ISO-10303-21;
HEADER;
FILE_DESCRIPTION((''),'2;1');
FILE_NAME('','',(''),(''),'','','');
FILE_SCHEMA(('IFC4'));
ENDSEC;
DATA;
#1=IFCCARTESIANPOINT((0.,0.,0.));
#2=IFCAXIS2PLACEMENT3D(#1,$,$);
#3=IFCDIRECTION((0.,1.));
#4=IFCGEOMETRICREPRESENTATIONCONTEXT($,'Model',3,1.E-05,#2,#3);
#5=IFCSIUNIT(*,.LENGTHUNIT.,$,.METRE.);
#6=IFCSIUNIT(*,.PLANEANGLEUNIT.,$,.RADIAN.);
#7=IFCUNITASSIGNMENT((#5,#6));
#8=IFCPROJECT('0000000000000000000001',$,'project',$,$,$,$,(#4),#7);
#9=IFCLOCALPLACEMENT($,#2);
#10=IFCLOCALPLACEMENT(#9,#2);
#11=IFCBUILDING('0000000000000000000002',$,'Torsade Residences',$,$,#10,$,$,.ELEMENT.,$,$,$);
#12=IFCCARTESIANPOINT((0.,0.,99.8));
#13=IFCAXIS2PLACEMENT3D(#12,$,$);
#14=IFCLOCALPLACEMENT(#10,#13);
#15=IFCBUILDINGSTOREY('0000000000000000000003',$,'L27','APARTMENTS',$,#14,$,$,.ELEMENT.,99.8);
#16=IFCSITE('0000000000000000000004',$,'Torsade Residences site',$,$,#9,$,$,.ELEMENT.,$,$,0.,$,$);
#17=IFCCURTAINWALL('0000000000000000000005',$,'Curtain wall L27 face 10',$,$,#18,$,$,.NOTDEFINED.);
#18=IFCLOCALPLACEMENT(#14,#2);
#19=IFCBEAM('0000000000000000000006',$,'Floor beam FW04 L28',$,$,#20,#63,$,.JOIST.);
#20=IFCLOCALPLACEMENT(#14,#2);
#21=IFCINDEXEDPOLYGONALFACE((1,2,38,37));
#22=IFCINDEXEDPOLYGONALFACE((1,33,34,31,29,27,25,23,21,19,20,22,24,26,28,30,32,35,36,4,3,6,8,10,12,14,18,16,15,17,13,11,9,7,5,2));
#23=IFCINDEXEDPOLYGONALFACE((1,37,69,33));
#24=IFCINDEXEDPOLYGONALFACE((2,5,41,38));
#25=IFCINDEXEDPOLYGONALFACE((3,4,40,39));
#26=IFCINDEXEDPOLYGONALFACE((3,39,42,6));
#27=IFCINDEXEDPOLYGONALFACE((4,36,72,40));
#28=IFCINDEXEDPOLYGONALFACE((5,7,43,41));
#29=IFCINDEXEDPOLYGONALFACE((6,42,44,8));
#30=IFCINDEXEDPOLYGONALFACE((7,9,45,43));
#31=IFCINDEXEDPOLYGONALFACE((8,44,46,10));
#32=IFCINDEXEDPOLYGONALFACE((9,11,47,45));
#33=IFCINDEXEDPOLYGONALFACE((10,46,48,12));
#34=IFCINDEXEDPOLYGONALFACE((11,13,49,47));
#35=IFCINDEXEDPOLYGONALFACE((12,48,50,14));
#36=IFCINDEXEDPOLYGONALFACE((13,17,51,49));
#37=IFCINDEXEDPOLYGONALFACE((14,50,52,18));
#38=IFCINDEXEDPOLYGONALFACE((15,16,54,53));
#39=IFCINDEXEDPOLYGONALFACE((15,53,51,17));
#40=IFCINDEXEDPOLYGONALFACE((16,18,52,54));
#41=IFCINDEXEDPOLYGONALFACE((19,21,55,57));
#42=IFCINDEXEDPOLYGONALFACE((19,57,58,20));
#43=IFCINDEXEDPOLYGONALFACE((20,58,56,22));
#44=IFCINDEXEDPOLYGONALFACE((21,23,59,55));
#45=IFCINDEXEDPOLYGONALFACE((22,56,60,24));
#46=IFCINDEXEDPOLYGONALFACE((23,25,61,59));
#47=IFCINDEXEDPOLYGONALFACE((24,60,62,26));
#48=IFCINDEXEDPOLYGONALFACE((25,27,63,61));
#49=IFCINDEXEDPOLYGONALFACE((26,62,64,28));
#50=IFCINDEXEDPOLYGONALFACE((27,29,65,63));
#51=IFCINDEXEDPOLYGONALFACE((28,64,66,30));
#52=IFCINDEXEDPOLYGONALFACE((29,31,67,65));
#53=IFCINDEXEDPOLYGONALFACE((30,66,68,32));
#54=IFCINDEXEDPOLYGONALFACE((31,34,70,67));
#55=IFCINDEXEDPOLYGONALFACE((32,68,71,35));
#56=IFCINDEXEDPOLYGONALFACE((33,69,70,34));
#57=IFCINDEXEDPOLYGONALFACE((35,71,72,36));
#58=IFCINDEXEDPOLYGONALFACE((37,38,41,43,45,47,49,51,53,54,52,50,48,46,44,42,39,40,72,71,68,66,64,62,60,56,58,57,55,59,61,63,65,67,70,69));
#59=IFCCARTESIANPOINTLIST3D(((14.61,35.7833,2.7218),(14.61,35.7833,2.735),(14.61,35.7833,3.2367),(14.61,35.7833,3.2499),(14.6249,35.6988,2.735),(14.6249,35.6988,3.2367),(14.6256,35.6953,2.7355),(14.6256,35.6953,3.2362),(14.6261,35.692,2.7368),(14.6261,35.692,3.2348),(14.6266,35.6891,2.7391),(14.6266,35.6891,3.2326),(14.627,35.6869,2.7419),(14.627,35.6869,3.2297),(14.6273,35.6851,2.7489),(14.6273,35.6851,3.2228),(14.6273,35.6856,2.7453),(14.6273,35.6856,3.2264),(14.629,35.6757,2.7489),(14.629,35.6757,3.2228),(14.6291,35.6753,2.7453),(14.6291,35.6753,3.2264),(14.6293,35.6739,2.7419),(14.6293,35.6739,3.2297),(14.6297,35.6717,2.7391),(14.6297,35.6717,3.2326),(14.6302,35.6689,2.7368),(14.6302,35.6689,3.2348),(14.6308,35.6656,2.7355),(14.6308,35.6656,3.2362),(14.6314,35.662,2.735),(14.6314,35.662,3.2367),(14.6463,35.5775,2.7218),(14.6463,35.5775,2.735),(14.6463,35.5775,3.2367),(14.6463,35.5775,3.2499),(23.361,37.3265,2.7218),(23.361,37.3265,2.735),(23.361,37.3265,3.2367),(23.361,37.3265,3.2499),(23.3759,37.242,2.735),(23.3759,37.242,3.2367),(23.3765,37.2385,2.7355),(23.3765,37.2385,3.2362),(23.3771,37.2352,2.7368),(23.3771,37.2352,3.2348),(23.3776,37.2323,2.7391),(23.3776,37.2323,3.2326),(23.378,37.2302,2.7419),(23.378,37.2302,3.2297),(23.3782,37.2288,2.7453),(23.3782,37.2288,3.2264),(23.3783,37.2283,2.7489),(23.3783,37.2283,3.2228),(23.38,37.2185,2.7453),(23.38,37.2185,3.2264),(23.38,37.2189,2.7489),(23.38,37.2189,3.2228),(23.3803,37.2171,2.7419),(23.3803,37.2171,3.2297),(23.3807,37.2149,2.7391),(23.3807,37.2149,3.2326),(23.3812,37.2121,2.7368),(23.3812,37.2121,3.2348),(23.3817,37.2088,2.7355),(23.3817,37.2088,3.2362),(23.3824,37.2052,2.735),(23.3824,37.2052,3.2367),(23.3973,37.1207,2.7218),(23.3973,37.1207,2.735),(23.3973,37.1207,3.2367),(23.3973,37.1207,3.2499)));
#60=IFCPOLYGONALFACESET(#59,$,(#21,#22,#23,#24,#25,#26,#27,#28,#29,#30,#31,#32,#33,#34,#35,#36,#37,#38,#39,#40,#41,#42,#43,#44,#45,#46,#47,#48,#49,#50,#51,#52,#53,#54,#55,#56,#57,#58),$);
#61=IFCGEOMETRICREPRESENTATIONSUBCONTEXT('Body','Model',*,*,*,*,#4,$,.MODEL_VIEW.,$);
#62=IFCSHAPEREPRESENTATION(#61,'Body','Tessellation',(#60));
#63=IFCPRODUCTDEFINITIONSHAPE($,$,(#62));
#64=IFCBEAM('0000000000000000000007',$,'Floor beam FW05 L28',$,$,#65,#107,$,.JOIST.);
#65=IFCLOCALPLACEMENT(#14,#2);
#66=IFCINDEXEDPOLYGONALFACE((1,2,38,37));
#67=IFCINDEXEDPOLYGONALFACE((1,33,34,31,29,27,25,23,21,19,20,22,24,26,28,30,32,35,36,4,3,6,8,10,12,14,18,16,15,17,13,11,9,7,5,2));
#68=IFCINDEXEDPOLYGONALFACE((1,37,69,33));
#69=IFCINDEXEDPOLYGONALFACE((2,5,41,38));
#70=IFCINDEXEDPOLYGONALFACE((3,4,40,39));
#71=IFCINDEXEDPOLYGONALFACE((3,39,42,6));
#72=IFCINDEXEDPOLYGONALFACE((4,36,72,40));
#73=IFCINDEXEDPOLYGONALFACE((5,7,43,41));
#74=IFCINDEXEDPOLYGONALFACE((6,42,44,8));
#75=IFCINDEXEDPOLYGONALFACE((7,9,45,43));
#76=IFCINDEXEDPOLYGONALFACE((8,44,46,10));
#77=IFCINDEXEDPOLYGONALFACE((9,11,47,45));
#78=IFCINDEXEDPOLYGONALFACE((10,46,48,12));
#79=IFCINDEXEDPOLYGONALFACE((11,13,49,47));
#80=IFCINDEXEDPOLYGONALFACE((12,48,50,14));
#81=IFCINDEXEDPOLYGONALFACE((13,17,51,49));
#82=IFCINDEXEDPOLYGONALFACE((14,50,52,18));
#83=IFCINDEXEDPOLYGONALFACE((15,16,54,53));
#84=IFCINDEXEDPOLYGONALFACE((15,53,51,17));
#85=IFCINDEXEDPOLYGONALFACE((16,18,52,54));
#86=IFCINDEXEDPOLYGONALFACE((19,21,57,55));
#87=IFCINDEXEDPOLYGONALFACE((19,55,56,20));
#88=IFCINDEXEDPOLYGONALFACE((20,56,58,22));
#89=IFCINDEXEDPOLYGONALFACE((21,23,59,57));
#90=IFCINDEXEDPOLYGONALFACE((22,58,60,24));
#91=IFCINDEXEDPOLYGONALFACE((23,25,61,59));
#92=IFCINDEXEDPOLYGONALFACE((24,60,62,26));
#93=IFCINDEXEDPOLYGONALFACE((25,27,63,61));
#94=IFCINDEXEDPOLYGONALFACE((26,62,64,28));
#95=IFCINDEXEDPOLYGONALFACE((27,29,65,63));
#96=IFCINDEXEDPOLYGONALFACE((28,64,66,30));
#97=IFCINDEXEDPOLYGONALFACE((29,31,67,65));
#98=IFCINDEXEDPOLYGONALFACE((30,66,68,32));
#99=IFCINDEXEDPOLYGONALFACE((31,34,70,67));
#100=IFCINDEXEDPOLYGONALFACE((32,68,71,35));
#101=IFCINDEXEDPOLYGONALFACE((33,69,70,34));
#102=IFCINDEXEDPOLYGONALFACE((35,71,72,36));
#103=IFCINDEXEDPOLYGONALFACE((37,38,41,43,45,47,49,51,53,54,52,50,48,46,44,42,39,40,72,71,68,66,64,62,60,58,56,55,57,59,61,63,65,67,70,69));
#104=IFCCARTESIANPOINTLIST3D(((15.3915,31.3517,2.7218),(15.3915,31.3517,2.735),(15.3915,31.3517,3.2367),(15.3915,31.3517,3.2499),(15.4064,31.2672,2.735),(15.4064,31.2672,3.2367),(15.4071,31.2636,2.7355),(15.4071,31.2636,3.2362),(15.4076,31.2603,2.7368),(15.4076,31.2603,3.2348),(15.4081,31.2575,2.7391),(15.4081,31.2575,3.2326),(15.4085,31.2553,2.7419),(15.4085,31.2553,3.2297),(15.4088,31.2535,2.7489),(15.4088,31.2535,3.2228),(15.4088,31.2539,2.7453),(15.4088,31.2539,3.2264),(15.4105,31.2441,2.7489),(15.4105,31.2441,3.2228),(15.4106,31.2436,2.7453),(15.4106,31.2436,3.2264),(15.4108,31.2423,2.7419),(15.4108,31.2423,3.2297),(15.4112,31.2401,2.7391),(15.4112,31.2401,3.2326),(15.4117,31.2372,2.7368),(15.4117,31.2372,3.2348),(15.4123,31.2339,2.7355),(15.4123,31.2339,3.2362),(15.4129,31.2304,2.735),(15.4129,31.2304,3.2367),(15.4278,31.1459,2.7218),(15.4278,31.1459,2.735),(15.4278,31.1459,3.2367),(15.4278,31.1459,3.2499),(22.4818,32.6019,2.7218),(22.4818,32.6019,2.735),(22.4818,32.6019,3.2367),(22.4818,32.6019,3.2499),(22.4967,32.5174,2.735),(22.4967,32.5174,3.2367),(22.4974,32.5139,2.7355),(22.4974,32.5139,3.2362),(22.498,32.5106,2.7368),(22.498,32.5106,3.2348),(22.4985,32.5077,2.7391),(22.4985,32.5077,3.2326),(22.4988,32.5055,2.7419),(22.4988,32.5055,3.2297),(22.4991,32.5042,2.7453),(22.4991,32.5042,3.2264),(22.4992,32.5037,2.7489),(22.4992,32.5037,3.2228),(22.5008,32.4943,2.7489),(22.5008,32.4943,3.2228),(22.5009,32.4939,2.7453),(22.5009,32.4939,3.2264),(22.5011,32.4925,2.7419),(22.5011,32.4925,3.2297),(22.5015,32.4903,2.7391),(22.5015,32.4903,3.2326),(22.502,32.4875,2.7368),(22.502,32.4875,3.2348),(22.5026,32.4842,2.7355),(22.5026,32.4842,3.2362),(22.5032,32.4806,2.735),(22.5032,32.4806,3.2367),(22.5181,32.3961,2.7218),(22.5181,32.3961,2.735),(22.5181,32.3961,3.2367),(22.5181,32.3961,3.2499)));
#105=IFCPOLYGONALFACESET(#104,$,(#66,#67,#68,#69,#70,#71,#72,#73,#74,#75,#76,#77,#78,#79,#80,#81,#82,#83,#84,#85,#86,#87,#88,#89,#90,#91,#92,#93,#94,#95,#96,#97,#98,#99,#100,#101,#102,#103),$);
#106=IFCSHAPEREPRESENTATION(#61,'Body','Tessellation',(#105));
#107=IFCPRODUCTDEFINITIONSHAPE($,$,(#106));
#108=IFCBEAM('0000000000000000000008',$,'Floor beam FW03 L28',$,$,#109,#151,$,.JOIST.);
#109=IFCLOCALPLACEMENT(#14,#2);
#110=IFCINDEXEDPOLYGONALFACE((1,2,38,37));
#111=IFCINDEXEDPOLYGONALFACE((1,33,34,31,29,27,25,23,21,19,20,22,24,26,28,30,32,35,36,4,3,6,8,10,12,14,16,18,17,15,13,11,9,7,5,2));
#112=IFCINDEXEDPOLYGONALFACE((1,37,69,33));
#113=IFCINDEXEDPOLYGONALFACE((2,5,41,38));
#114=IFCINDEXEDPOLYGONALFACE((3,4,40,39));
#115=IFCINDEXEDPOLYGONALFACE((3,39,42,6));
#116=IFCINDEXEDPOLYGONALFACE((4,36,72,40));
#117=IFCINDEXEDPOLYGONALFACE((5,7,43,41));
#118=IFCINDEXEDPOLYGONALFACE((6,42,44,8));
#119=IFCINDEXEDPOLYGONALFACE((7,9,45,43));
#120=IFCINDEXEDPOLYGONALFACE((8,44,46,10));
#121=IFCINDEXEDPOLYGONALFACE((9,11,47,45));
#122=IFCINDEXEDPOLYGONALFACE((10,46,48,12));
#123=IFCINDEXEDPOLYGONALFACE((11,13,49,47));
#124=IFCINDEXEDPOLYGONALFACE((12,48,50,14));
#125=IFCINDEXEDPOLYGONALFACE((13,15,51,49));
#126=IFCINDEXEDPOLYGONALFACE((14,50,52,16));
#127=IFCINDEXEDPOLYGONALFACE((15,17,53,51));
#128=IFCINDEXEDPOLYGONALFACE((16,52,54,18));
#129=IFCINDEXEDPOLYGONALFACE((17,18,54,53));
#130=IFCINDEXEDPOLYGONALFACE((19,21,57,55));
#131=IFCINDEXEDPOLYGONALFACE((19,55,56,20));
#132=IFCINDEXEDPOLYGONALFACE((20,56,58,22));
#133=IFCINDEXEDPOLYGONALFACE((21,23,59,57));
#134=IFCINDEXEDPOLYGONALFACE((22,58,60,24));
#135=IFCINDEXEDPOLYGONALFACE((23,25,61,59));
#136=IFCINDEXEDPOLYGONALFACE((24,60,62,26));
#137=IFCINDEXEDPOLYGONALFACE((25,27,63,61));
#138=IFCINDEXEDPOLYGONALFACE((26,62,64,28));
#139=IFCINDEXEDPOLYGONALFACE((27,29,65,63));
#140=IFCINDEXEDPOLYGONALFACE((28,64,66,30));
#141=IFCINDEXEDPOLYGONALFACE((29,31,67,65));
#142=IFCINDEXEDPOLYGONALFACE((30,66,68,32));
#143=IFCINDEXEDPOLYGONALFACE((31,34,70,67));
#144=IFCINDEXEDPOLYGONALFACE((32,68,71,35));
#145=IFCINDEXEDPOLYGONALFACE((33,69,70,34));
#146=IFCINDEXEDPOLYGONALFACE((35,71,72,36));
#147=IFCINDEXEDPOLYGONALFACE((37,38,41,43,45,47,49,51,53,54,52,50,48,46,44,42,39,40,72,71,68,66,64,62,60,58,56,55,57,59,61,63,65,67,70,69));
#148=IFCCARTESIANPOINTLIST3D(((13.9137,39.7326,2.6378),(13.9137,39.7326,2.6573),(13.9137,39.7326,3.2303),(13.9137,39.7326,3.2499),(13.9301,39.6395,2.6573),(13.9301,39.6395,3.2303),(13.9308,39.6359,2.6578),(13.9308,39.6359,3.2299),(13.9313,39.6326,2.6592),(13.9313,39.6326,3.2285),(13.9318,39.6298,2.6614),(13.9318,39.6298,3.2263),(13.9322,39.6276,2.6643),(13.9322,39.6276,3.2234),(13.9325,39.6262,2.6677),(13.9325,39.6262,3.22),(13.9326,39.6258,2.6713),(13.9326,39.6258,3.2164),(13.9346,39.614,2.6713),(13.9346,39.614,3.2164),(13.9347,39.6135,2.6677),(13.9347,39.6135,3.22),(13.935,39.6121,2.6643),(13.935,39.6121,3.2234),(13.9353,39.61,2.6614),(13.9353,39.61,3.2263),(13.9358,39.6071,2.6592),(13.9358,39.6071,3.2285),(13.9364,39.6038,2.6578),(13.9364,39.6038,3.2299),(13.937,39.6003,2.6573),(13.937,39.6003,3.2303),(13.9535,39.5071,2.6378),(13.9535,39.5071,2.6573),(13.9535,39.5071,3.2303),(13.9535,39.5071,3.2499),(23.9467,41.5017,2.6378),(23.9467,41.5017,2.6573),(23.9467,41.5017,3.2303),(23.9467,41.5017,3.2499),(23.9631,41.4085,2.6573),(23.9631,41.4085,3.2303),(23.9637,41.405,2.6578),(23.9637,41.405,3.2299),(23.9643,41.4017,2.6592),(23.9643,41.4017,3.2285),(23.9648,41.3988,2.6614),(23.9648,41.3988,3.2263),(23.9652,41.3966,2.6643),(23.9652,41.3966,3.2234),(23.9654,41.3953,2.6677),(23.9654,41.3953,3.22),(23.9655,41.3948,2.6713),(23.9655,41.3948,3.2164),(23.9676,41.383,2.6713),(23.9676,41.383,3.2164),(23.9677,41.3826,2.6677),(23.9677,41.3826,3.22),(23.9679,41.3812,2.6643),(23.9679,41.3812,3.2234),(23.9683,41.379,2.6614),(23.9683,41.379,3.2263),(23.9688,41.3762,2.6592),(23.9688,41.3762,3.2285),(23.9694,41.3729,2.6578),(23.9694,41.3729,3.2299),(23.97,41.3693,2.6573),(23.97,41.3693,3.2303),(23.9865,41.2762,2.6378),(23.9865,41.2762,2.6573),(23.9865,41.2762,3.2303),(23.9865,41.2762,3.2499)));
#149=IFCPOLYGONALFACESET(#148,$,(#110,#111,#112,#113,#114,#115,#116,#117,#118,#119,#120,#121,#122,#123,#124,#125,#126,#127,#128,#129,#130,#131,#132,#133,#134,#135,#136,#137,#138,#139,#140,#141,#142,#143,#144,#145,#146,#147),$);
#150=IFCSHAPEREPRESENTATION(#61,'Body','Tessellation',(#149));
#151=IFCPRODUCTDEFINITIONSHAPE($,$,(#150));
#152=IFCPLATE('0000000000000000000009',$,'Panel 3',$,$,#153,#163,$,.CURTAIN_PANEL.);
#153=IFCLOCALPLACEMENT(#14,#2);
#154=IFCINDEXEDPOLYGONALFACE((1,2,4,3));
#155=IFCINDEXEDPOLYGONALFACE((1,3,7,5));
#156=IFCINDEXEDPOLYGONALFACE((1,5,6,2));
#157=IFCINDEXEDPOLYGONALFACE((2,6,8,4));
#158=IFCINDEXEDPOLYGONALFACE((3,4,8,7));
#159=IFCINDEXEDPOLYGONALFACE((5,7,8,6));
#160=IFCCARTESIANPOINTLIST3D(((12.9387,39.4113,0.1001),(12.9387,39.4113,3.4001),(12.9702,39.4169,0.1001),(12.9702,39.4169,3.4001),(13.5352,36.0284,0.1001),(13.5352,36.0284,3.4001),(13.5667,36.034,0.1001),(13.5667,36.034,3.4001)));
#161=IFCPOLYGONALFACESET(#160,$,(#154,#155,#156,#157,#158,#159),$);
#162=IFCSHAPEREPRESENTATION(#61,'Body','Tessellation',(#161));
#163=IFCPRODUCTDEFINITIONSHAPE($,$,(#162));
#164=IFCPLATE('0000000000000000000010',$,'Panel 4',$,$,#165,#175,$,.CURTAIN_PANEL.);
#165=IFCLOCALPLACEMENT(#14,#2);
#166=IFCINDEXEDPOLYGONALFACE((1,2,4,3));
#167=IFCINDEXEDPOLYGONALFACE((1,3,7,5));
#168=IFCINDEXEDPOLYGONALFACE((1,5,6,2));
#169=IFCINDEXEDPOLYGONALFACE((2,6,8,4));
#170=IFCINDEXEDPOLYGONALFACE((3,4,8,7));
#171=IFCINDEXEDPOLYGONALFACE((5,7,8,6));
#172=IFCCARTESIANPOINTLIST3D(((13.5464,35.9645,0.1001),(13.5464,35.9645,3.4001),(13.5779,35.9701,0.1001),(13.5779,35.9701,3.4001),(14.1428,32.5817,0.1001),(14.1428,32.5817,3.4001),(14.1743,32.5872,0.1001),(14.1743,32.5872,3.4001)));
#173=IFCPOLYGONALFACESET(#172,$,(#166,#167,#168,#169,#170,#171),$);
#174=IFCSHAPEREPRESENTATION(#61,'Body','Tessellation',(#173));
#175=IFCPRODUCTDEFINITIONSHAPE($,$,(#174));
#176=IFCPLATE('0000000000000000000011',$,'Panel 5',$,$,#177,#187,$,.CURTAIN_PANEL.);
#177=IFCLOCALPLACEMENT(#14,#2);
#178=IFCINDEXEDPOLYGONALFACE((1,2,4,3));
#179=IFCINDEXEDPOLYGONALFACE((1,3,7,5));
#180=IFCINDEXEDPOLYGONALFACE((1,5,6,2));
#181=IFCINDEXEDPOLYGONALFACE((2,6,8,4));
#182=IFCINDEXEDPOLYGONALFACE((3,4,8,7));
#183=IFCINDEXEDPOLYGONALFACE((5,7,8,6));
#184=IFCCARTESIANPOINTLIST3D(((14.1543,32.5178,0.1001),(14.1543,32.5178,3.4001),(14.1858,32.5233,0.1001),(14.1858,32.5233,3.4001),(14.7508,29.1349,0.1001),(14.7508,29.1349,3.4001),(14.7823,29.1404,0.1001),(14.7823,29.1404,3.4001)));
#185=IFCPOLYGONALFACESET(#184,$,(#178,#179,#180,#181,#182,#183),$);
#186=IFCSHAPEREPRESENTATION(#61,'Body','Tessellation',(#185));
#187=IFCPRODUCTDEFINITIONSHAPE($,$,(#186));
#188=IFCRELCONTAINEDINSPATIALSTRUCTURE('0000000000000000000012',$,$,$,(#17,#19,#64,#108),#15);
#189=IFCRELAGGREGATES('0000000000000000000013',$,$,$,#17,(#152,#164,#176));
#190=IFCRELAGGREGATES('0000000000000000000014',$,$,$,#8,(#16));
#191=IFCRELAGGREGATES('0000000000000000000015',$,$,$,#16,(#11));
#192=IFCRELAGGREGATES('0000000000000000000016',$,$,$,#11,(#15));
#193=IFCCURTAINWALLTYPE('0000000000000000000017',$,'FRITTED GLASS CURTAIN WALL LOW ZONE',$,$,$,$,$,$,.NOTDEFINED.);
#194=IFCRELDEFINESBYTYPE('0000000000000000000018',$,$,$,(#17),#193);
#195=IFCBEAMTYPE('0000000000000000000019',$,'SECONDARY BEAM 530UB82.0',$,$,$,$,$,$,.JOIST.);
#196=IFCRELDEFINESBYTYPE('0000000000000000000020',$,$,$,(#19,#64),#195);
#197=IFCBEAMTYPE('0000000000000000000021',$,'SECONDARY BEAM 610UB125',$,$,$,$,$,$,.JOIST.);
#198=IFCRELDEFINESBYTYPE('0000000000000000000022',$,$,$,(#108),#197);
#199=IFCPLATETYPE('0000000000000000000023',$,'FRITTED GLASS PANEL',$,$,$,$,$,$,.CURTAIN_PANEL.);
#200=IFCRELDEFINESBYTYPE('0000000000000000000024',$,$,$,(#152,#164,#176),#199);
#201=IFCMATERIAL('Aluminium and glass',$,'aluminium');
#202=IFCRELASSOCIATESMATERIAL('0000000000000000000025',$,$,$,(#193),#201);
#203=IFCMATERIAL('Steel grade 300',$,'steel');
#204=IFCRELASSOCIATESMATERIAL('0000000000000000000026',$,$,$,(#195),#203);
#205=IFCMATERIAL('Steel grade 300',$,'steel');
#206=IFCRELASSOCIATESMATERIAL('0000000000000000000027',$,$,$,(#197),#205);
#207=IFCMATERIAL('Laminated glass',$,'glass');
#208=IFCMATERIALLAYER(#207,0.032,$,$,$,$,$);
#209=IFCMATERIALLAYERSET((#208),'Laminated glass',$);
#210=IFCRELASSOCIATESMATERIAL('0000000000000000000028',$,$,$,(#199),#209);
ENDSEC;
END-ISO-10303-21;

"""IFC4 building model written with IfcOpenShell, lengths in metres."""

from ifc_helpers import new_model, si_unit, direction, frame, origin, origin_2d, place, context, subcontext, project, spatial, rectangle, i_section, extrude, material, layer, layer_set, material_profile, profile_set, type_object, element, aggregate, save


model = new_model("IFC4")

# Units and contexts
model_context = context("Model", 3, precision=1e-05, world=origin(), true_north=direction((0.0, 1.0)))
body_context = subcontext(model_context, "Body", "Model", "MODEL_VIEW")
ifc_project = project(units=[si_unit("LENGTHUNIT", "METRE"), si_unit("PLANEANGLEUNIT", "RADIAN")], contexts=[model_context])

# Site, building, storey
site_placement = place(None, origin())
site = spatial("IfcSite", under=ifc_project, at=site_placement, Name="Torsade Residences site", CompositionType="ELEMENT", RefElevation=0.0)
building_placement = place(site_placement, origin())
building = spatial("IfcBuilding", under=site, at=building_placement, Name="Torsade Residences", CompositionType="ELEMENT")
storey_placement = place(building_placement, frame((0.0, 0.0, 99.8)))
storey = spatial("IfcBuildingStorey", under=building, at=storey_placement, Name="L27", Description="APARTMENTS", CompositionType="ELEMENT", Elevation=99.8)

# Curtain wall
ifc_material_1 = material(Name="Aluminium and glass", Category="aluminium")
curtain_wall_type = type_object("IfcCurtainWallType", Name="FRITTED GLASS CURTAIN WALL LOW ZONE", PredefinedType="NOTDEFINED", material=ifc_material_1)
curtain_wall_placement = place(storey_placement, origin())
curtain_wall = element("IfcCurtainWall", 1, at=curtain_wall_placement, inside=storey, type_object=curtain_wall_type, Name="Curtain wall L27 face 10", PredefinedType="NOTDEFINED")

# Beams
ifc_material_2 = material(Name="Steel grade 300", Category="steel")
ifc_material_profile_1 = material_profile(ifc_material_2, i_section(OverallWidth=0.209, OverallDepth=0.5281, WebThickness=0.0095, FlangeThickness=0.0132, FilletRadius=0.0139, at=origin_2d()), Name="530UB82.0")
ifc_profile_set_1 = profile_set([ifc_material_profile_1], Name="Steel grade 300")
beam_type_1 = type_object("IfcBeamType", Name="SECONDARY BEAM 530UB82.0", PredefinedType="JOIST", material=ifc_profile_set_1)
beam_1_placement = place(storey_placement, frame((14.6282, 35.6804, 2.9858), z_axis=(0.984804, 0.173668, 0.0), x_axis=(-0.173668, 0.984804, 0.0)))
element("IfcBeam", 2, at=beam_1_placement, inside=storey, type_object=beam_type_1, Name="Floor beam FW04 L28", PredefinedType="JOIST", context=body_context, shape_type="SweptSolid", body=[
    extrude(i_section(OverallWidth=0.209, OverallDepth=0.5281, WebThickness=0.0095, FlangeThickness=0.0132, FilletRadius=0.0139, at=origin_2d()), origin(), (0.0, 0.0, 1.0), 8.886),
])
beam_2_placement = place(storey_placement, frame((15.4097, 31.2488, 2.9858), z_axis=(0.984807, 0.173652, 0.0), x_axis=(-0.173652, 0.984807, 0.0)))
element("IfcBeam", 3, at=beam_2_placement, inside=storey, type_object=beam_type_1, Name="Floor beam FW05 L28", PredefinedType="JOIST", context=body_context, shape_type="SweptSolid", body=[
    extrude(i_section(OverallWidth=0.209, OverallDepth=0.5281, WebThickness=0.0095, FlangeThickness=0.0132, FilletRadius=0.0139, at=origin_2d()), origin(), (0.0, 0.0, 1.0), 7.1997),
])
ifc_material_3 = material(Name="Steel grade 300", Category="steel")
ifc_material_profile_2 = material_profile(ifc_material_3, i_section(OverallWidth=0.229, OverallDepth=0.6121, WebThickness=0.012, FlangeThickness=0.0195, FilletRadius=0.0139, at=origin_2d()), Name="610UB125")
ifc_profile_set_2 = profile_set([ifc_material_profile_2], Name="Steel grade 300")
beam_type_2 = type_object("IfcBeamType", Name="SECONDARY BEAM 610UB125", PredefinedType="JOIST", material=ifc_profile_set_2)
beam_3_placement = place(storey_placement, frame((13.9336, 39.6199, 2.9438), z_axis=(0.984808, 0.173645, 0.0), x_axis=(-0.173645, 0.984808, 0.0)))
element("IfcBeam", 4, at=beam_3_placement, inside=storey, type_object=beam_type_2, Name="Floor beam FW03 L28", PredefinedType="JOIST", context=body_context, shape_type="SweptSolid", body=[
    extrude(i_section(OverallWidth=0.229, OverallDepth=0.6121, WebThickness=0.012, FlangeThickness=0.0195, FilletRadius=0.0139, at=origin_2d()), origin(), (0.0, 0.0, 1.0), 10.1877),
])

# Plates
ifc_material_4 = material(Name="Laminated glass", Category="glass")
ifc_layer_1 = layer(ifc_material_4, 0.032)
ifc_layer_set_1 = layer_set([ifc_layer_1], Name="Laminated glass")
plate_type_1 = type_object("IfcPlateType", Name="FRITTED GLASS PANEL", PredefinedType="CURTAIN_PANEL", material=ifc_layer_set_1)
plate_1_placement = place(storey_placement, frame((13.2527, 37.7227, 0.1001), z_axis=(0.0, 0.0, 1.0), x_axis=(0.173648, -0.984808, 0.0)))
plate_1 = element("IfcPlate", 5, at=plate_1_placement, type_object=plate_type_1, Name="Panel 3", PredefinedType="CURTAIN_PANEL", context=body_context, shape_type="SweptSolid", body=[
    extrude(rectangle(XDim=3.4351, YDim=0.032, at=origin_2d()), origin(), (0.0, 0.0, 1.0), 3.3),
])
plate_2_placement = place(storey_placement, frame((13.8604, 34.2759, 0.1001), z_axis=(0.0, 0.0, 1.0), x_axis=(0.173648, -0.984808, 0.0)))
plate_2 = element("IfcPlate", 6, at=plate_2_placement, type_object=plate_type_1, Name="Panel 4", PredefinedType="CURTAIN_PANEL", context=body_context, shape_type="SweptSolid", body=[
    extrude(rectangle(XDim=3.4351, YDim=0.032, at=origin_2d()), origin(), (0.0, 0.0, 1.0), 3.3),
])
plate_3_placement = place(storey_placement, frame((14.4683, 30.8291, 0.1001), z_axis=(0.0, 0.0, 1.0), x_axis=(0.173648, -0.984808, 0.0)))
plate_3 = element("IfcPlate", 7, at=plate_3_placement, type_object=plate_type_1, Name="Panel 5", PredefinedType="CURTAIN_PANEL", context=body_context, shape_type="SweptSolid", body=[
    extrude(rectangle(XDim=3.4351, YDim=0.032, at=origin_2d()), origin(), (0.0, 0.0, 1.0), 3.3),
])
aggregate(curtain_wall, [plate_1, plate_2, plate_3])

save(model, "model.ifc")
